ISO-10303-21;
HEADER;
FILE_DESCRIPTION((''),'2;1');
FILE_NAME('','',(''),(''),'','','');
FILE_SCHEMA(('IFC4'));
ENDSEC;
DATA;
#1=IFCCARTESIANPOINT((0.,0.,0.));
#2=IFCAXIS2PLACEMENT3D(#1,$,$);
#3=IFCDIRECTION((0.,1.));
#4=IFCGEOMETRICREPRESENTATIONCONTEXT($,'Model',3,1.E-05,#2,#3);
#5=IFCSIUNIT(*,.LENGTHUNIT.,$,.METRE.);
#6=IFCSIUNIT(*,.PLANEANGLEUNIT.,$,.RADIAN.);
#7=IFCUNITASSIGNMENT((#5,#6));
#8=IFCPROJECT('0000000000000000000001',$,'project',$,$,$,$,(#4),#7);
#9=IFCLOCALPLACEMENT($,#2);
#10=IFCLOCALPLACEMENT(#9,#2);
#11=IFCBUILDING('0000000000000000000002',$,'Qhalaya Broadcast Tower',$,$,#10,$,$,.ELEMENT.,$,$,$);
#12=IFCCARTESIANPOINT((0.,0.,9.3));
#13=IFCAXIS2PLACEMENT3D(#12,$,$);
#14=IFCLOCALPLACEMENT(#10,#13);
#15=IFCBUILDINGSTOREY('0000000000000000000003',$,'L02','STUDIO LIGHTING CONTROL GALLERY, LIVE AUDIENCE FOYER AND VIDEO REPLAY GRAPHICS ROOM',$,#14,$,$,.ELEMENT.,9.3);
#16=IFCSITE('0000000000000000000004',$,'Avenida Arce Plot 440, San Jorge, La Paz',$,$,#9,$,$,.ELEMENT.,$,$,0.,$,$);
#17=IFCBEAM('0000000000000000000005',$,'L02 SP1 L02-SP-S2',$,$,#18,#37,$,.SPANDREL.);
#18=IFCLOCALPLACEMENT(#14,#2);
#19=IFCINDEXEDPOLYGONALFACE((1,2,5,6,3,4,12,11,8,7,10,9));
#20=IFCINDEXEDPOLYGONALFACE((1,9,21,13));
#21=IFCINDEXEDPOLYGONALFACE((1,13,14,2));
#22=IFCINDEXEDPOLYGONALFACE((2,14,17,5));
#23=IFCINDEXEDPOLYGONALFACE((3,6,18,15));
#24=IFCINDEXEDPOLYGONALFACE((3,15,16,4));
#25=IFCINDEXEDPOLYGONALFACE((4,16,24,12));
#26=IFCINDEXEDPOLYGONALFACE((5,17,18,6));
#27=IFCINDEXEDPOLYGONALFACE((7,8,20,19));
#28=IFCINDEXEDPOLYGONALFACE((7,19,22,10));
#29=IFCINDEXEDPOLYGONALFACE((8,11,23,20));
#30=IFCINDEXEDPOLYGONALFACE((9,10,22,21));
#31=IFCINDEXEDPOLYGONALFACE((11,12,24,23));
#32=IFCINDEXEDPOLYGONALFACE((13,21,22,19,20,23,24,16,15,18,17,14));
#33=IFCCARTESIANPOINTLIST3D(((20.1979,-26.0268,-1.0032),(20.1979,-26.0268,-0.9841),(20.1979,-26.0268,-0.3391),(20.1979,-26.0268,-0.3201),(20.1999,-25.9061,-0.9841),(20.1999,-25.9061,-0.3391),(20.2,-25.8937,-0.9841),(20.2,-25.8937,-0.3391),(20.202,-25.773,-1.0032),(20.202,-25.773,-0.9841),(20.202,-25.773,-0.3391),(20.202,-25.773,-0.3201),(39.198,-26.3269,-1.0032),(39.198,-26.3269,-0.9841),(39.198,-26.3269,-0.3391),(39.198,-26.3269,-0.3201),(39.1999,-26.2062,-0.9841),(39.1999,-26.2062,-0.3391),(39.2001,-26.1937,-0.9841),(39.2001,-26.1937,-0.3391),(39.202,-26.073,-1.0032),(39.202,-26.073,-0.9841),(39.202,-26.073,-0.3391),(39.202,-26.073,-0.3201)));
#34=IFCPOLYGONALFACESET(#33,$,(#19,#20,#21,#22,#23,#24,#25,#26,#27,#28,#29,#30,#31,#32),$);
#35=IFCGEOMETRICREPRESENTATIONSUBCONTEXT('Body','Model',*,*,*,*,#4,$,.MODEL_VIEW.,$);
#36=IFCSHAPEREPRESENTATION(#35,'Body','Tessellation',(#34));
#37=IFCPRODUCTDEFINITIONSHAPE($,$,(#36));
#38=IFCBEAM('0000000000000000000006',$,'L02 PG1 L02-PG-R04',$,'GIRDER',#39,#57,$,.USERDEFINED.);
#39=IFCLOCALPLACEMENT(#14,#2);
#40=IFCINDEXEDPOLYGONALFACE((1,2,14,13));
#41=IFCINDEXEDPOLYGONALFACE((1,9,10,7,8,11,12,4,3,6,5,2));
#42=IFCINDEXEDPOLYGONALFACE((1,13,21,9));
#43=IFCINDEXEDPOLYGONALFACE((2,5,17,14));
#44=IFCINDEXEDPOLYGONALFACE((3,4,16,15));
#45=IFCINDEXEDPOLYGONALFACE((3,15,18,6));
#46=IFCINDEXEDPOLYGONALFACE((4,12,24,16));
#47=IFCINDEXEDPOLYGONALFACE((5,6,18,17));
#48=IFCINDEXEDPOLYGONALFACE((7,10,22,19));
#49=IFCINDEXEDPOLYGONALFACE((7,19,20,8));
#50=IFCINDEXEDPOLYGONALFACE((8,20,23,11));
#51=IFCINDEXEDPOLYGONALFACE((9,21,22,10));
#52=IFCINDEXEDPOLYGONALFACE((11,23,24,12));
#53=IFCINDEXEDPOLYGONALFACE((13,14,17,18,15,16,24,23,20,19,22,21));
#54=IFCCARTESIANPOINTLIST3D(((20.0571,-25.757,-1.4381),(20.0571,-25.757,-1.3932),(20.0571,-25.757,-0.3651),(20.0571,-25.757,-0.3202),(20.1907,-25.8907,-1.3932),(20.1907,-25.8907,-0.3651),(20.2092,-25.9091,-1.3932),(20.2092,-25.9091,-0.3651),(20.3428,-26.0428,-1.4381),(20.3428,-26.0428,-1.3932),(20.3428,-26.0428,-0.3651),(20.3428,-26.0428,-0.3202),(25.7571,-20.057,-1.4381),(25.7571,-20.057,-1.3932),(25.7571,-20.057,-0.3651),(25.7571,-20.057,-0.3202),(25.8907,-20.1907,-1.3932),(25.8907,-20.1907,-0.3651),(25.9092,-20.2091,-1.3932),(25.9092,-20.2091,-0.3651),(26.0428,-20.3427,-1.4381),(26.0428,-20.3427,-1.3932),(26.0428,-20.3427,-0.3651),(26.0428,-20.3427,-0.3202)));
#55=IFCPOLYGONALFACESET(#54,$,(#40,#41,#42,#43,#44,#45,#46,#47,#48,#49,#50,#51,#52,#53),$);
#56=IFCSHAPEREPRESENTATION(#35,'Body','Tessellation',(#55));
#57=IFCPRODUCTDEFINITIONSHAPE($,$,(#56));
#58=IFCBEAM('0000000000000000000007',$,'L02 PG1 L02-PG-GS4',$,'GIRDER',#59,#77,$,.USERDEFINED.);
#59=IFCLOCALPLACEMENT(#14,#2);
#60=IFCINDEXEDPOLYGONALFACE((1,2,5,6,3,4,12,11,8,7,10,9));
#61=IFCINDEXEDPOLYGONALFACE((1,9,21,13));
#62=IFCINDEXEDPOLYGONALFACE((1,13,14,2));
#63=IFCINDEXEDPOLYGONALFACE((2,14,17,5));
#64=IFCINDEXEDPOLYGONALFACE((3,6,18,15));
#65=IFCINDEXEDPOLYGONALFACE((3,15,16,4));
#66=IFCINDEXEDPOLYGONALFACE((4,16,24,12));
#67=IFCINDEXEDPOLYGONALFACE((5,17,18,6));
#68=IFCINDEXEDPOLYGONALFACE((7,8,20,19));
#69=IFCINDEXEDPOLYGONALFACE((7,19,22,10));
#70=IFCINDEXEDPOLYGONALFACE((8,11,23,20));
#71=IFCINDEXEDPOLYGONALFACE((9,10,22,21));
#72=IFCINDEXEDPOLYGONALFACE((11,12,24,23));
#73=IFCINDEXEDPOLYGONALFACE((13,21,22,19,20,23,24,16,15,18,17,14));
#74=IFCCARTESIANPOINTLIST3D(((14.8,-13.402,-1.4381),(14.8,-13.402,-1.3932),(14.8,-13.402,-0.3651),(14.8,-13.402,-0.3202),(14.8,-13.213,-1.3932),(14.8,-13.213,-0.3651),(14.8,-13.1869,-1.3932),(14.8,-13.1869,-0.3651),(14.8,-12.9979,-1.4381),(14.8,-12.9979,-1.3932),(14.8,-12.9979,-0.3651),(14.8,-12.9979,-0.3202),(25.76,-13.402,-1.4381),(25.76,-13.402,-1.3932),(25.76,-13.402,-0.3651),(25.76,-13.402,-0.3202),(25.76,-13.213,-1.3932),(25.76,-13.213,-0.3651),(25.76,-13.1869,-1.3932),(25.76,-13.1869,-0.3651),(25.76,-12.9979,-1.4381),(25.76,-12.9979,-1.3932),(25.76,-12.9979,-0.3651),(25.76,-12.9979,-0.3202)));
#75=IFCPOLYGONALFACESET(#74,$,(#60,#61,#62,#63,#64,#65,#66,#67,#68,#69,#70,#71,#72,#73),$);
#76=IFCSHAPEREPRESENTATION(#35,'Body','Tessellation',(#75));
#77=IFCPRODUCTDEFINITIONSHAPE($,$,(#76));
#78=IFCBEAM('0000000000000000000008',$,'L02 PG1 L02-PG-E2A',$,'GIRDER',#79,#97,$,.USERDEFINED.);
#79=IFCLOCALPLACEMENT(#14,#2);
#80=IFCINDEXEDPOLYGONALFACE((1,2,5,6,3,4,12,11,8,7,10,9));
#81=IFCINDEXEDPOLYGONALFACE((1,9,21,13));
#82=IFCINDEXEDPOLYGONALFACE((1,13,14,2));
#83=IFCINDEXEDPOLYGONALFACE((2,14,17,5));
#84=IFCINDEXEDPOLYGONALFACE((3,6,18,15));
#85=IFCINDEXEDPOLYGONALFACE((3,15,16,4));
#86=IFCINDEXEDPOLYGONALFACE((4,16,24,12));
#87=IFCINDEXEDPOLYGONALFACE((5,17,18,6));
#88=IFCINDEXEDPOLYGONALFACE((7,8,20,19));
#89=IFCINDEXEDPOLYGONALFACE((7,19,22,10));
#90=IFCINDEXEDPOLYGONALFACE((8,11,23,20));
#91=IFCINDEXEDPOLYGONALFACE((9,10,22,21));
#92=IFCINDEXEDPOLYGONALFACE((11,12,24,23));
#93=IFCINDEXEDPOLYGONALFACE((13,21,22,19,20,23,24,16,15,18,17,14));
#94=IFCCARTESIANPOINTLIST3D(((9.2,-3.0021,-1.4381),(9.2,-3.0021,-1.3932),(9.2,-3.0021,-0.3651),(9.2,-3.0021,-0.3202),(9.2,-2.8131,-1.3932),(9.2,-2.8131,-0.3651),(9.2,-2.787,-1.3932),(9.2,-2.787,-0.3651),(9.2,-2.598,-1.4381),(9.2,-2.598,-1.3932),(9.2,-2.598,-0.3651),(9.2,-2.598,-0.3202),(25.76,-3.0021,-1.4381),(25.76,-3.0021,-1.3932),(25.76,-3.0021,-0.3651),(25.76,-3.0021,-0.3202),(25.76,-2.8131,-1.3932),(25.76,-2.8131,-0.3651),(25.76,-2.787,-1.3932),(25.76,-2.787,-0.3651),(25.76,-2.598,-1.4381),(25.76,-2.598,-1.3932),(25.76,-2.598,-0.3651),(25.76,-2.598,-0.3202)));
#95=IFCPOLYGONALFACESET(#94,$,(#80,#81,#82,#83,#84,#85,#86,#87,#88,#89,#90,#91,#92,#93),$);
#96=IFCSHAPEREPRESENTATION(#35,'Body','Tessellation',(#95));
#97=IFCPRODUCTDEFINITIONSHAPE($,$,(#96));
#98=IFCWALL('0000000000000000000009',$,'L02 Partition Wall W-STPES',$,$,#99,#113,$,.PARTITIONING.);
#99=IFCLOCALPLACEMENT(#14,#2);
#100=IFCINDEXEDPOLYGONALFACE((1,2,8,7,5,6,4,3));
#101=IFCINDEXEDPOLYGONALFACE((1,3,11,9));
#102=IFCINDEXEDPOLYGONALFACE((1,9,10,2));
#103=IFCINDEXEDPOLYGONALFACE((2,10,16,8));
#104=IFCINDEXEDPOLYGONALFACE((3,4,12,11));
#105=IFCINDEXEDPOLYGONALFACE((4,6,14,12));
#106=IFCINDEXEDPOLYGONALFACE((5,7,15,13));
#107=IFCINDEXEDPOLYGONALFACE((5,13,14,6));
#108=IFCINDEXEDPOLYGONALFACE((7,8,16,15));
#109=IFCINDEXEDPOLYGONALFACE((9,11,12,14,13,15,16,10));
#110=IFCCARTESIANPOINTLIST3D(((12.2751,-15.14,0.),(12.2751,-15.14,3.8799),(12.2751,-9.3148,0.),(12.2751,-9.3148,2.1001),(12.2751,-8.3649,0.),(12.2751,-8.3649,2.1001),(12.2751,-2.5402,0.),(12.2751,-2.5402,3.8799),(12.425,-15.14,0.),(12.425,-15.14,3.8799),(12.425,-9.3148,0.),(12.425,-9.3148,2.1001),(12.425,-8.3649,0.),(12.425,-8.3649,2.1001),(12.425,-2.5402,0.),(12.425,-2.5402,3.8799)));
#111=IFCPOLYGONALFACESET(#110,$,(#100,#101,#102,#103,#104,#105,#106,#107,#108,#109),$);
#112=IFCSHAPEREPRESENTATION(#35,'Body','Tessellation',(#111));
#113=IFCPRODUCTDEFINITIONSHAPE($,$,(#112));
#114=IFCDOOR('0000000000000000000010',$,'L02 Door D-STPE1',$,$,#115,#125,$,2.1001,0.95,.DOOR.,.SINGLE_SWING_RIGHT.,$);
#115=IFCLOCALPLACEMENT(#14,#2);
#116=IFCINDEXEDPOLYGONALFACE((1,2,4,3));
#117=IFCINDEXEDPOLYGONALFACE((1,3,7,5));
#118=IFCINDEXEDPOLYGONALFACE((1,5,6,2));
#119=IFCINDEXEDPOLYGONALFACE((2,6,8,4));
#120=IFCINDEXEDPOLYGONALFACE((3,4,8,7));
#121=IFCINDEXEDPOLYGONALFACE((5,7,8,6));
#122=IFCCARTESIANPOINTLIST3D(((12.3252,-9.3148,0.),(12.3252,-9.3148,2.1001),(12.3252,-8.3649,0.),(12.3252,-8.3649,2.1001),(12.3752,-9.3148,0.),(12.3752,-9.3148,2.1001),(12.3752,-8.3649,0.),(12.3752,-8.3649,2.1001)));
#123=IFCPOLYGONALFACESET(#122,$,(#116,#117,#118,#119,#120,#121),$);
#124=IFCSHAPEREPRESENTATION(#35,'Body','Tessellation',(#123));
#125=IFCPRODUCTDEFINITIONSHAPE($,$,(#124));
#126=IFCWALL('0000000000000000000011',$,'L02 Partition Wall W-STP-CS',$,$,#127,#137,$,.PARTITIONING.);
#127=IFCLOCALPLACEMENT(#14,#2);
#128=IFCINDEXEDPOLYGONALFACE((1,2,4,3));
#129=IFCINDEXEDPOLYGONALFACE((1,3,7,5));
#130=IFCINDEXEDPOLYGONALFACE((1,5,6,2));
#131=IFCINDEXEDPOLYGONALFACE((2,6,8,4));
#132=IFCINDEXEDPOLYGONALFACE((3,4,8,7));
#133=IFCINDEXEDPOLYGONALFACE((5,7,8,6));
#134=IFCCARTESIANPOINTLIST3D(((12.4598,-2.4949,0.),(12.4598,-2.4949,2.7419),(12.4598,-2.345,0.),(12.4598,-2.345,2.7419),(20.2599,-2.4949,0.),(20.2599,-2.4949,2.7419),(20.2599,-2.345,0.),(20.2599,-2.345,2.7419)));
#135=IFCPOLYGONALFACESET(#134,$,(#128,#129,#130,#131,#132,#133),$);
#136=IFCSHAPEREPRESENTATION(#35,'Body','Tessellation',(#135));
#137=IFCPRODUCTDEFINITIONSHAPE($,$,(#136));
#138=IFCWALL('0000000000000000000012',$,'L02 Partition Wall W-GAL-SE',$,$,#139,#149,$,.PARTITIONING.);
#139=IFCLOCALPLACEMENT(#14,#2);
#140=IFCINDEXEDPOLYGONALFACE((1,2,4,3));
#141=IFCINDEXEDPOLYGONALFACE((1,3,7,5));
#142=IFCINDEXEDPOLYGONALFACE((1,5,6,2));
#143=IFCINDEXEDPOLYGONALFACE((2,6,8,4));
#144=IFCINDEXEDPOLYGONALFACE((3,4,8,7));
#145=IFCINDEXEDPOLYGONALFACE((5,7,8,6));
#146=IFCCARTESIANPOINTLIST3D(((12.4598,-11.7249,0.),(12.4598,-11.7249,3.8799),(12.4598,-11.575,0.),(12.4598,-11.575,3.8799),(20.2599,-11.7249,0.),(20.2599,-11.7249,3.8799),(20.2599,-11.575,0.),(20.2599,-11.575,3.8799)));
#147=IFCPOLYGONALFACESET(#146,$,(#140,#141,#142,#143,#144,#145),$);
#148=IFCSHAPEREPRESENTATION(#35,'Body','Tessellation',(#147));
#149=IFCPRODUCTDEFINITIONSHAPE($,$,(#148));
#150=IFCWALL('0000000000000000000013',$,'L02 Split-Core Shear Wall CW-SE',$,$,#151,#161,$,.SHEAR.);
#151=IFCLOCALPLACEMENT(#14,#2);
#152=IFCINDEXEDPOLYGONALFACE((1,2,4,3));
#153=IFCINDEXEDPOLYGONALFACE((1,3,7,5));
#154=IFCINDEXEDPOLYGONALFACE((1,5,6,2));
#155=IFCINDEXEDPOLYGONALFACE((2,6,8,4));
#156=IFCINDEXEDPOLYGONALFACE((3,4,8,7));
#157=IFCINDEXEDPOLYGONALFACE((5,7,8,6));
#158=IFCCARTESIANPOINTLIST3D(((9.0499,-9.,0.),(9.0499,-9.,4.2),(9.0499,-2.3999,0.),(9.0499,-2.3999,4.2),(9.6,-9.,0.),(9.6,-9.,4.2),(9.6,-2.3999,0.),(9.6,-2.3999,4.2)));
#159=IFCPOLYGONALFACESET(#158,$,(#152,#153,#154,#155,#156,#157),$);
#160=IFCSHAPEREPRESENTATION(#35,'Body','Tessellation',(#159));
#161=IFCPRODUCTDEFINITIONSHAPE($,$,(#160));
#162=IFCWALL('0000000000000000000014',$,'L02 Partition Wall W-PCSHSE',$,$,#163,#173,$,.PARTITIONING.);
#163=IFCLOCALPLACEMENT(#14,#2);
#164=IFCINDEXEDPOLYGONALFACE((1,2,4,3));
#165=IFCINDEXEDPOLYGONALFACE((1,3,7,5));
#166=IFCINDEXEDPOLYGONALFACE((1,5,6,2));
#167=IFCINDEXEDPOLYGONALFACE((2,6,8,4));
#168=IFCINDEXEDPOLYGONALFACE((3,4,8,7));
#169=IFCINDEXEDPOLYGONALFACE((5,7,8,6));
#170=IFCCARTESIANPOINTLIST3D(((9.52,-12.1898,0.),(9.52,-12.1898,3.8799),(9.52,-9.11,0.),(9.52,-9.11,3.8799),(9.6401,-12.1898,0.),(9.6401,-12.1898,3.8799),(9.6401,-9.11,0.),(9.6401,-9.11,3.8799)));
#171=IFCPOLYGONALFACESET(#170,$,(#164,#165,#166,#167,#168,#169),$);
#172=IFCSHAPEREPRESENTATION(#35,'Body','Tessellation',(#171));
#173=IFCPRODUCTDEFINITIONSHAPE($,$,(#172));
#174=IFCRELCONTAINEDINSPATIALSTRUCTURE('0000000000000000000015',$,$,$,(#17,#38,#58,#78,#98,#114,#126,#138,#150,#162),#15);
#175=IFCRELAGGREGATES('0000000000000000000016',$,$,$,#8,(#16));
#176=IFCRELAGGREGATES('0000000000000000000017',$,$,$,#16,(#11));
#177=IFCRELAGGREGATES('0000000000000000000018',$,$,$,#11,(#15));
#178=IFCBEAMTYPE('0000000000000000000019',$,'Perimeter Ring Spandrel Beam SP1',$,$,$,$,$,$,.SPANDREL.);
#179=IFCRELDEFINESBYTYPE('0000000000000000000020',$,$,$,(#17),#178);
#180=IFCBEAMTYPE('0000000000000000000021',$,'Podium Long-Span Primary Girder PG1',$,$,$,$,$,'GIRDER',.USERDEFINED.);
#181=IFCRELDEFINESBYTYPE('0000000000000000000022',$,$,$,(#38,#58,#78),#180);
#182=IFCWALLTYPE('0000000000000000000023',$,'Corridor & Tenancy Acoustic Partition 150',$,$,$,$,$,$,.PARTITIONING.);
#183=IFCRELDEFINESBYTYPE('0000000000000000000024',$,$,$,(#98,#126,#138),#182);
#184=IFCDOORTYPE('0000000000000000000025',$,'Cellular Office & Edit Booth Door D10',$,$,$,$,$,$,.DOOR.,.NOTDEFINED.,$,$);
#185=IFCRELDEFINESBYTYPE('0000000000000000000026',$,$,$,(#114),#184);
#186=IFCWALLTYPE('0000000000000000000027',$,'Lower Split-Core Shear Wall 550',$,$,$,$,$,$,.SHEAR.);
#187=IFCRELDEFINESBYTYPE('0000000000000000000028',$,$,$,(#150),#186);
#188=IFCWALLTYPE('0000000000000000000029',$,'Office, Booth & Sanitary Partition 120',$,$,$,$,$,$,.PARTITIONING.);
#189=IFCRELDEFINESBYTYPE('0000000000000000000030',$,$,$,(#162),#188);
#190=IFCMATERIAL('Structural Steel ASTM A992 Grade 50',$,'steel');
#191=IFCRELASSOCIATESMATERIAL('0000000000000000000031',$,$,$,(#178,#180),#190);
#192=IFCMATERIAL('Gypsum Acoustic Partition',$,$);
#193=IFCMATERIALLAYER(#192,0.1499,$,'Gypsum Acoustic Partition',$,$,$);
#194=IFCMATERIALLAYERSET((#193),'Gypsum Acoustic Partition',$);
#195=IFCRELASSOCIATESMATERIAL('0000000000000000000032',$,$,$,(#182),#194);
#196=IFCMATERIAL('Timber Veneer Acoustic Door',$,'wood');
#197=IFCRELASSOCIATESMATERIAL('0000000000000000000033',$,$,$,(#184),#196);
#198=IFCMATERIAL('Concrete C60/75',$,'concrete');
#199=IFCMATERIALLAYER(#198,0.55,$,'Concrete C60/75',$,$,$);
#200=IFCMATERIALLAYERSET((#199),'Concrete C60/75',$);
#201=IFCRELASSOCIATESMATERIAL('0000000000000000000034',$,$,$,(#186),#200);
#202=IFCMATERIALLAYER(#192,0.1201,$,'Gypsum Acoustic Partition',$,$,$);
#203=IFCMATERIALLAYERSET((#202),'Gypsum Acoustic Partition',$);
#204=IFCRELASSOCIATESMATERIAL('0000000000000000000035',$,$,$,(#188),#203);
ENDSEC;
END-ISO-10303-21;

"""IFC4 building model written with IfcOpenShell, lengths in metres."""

from ifc_helpers import new_model, si_unit, direction, frame, frame_2d, origin, origin_2d, place, context, subcontext, project, spatial, rectangle, i_section, extrude, material, layer, layer_set, material_profile, profile_set, type_object, element, fill, save


model = new_model("IFC4")

# Units and contexts
model_context = context("Model", 3, precision=1e-05, world=origin(), true_north=direction((0.0, 1.0)))
body_context = subcontext(model_context, "Body", "Model", "MODEL_VIEW")
ifc_project = project(units=[si_unit("LENGTHUNIT", "METRE"), si_unit("PLANEANGLEUNIT", "RADIAN")], contexts=[model_context])

# Site, building, storey
site_placement = place(None, origin())
site = spatial("IfcSite", under=ifc_project, at=site_placement, Name="Avenida Arce Plot 440, San Jorge, La Paz", CompositionType="ELEMENT", RefElevation=0.0)
building_placement = place(site_placement, origin())
building = spatial("IfcBuilding", under=site, at=building_placement, Name="Qhalaya Broadcast Tower", CompositionType="ELEMENT")
storey_placement = place(building_placement, frame((0.0, 0.0, 9.3)))
storey = spatial("IfcBuildingStorey", under=building, at=storey_placement, Name="L02", Description="STUDIO LIGHTING CONTROL GALLERY, LIVE AUDIENCE FOYER AND VIDEO REPLAY GRAPHICS ROOM", CompositionType="ELEMENT", Elevation=9.3)

# Shared definitions
ifc_material_1 = material(Name="Concrete C60/75", Category="concrete")

# Beams
ifc_material_2 = material(Name="Structural Steel ASTM A992 Grade 50", Category="steel")
ifc_material_profile_1 = material_profile(ifc_material_2, i_section(OverallWidth=0.2539, OverallDepth=0.6831, WebThickness=0.0125, FlangeThickness=0.019, at=origin_2d()), Name="W27X94")
ifc_profile_set_1 = profile_set([ifc_material_profile_1], Name="Structural Steel ASTM A992 Grade 50")
beam_type_1 = type_object("IfcBeamType", Name="Perimeter Ring Spandrel Beam SP1", PredefinedType="SPANDREL", material=ifc_profile_set_1)
beam_1_placement = place(storey_placement, frame((20.2, -25.8999, -0.6616), z_axis=(0.999875, -0.01579, 0.0), x_axis=(0.01579, 0.999875, 0.0)))
element("IfcBeam", 1, at=beam_1_placement, inside=storey, type_object=beam_type_1, Name="L02 SP1 L02-SP-S2", PredefinedType="SPANDREL", context=body_context, shape_type="SweptSolid", body=[
    extrude(i_section(OverallWidth=0.2539, OverallDepth=0.6831, WebThickness=0.0125, FlangeThickness=0.019, at=origin_2d()), origin(), (0.0, 0.0, 1.0), 19.0024),
])
ifc_material_profile_2 = material_profile(ifc_material_2, i_section(OverallWidth=0.4041, OverallDepth=1.1179, WebThickness=0.0261, FlangeThickness=0.0449, at=origin_2d()), Name="W44X335")
ifc_profile_set_2 = profile_set([ifc_material_profile_2], Name="Structural Steel ASTM A992 Grade 50")
beam_type_2 = type_object("IfcBeamType", Name="Podium Long-Span Primary Girder PG1", ElementType="GIRDER", PredefinedType="USERDEFINED", material=ifc_profile_set_2)
beam_2_placement = place(storey_placement, frame((20.2, -25.8999, -0.8792), z_axis=(0.707107, 0.707107, 0.0), x_axis=(-0.707107, 0.707107, 0.0)))
element("IfcBeam", 2, at=beam_2_placement, inside=storey, type_object=beam_type_2, Name="L02 PG1 L02-PG-R04", ObjectType="GIRDER", PredefinedType="USERDEFINED", context=body_context, shape_type="SweptSolid", body=[
    extrude(i_section(OverallWidth=0.4041, OverallDepth=1.1179, WebThickness=0.0261, FlangeThickness=0.0449, at=origin_2d()), origin(), (0.0, 0.0, 1.0), 8.061),
])
beam_3_placement = place(storey_placement, frame((14.8, -13.2, -0.8792), z_axis=(1.0, 0.0, 0.0), x_axis=(0.0, 1.0, 0.0)))
element("IfcBeam", 3, at=beam_3_placement, inside=storey, type_object=beam_type_2, Name="L02 PG1 L02-PG-GS4", ObjectType="GIRDER", PredefinedType="USERDEFINED", context=body_context, shape_type="SweptSolid", body=[
    extrude(i_section(OverallWidth=0.4041, OverallDepth=1.1179, WebThickness=0.0261, FlangeThickness=0.0449, at=origin_2d()), origin(), (0.0, 0.0, 1.0), 10.96),
])
beam_4_placement = place(storey_placement, frame((9.2, -2.8, -0.8792), z_axis=(1.0, 0.0, 0.0), x_axis=(0.0, 1.0, 0.0)))
element("IfcBeam", 4, at=beam_4_placement, inside=storey, type_object=beam_type_2, Name="L02 PG1 L02-PG-E2A", ObjectType="GIRDER", PredefinedType="USERDEFINED", context=body_context, shape_type="SweptSolid", body=[
    extrude(i_section(OverallWidth=0.4041, OverallDepth=1.1179, WebThickness=0.0261, FlangeThickness=0.0449, at=origin_2d()), origin(), (0.0, 0.0, 1.0), 16.5601),
])

# Wall, opening, door
ifc_material_3 = material(Name="Gypsum Acoustic Partition")
ifc_layer_1 = layer(ifc_material_3, 0.1499, Name="Gypsum Acoustic Partition")
ifc_layer_set_1 = layer_set([ifc_layer_1], Name="Gypsum Acoustic Partition")
wall_type_1 = type_object("IfcWallType", Name="Corridor & Tenancy Acoustic Partition 150", PredefinedType="PARTITIONING", material=ifc_layer_set_1)
wall_1_placement = place(storey_placement, frame((12.3501, -15.1399, 0.0), z_axis=(0.0, 0.0, 1.0), x_axis=(0.0, 1.0, 0.0)))
wall_1 = element("IfcWall", 5, at=wall_1_placement, inside=storey, type_object=wall_type_1, Name="L02 Partition Wall W-STPES", PredefinedType="PARTITIONING", context=body_context, shape_type="SweptSolid", body=[
    extrude(rectangle(XDim=12.5999, YDim=0.1499, at=frame_2d((6.2998, 0.0))), origin(), (0.0, 0.0, 1.0), 3.8799),
])
opening_placement = place(wall_1_placement, frame((5.825, 0.0, 0.0)))
opening = element("IfcOpeningElement", 6, at=opening_placement, cuts=wall_1, PredefinedType="OPENING", context=body_context, shape_type="SweptSolid", body=[
    extrude(rectangle(XDim=0.95, YDim=2.1001, at=frame_2d((0.4751, 1.05))), frame((0.0, 0.0869, 0.0), z_axis=(0.0, -1.0, 0.0), x_axis=(1.0, 0.0, 0.0)), (0.0, 0.0, 1.0), 0.1738),
])
ifc_material_4 = material(Name="Timber Veneer Acoustic Door", Category="wood")
door_type = type_object("IfcDoorType", Name="Cellular Office & Edit Booth Door D10", OperationType="NOTDEFINED", PredefinedType="DOOR", material=ifc_material_4)
door_placement = place(opening_placement, origin())
door = element("IfcDoor", 7, at=door_placement, inside=storey, type_object=door_type, Name="L02 Door D-STPE1", OperationType="SINGLE_SWING_RIGHT", OverallHeight=2.1001, OverallWidth=0.95, PredefinedType="DOOR", context=body_context, shape_type="SweptSolid", body=[
    extrude(rectangle(XDim=0.95, YDim=2.1001, at=frame_2d((0.4751, 1.05))), frame((0.0, 0.0249, 0.0), z_axis=(0.0, -1.0, 0.0), x_axis=(1.0, 0.0, 0.0)), (0.0, 0.0, 1.0), 0.05),
])
fill(opening, door)

# Walls
wall_2_placement = place(storey_placement, frame((12.46, -2.4199, 0.0), z_axis=(0.0, 0.0, 1.0), x_axis=(1.0, 0.0, 0.0)))
element("IfcWall", 8, at=wall_2_placement, inside=storey, type_object=wall_type_1, Name="L02 Partition Wall W-STP-CS", PredefinedType="PARTITIONING", context=body_context, shape_type="SweptSolid", body=[
    extrude(rectangle(XDim=7.8, YDim=0.1499, at=frame_2d((3.8999, 0.0))), origin(), (0.0, 0.0, 1.0), 2.7419),
])
wall_3_placement = place(storey_placement, frame((12.46, -11.6499, 0.0), z_axis=(0.0, 0.0, 1.0), x_axis=(1.0, 0.0, 0.0)))
element("IfcWall", 9, at=wall_3_placement, inside=storey, type_object=wall_type_1, Name="L02 Partition Wall W-GAL-SE", PredefinedType="PARTITIONING", context=body_context, shape_type="SweptSolid", body=[
    extrude(rectangle(XDim=7.8, YDim=0.1499, at=frame_2d((3.8999, 0.0))), origin(), (0.0, 0.0, 1.0), 3.8799),
])
ifc_layer_2 = layer(ifc_material_1, 0.55, Name="Concrete C60/75")
ifc_layer_set_2 = layer_set([ifc_layer_2], Name="Concrete C60/75")
wall_type_2 = type_object("IfcWallType", Name="Lower Split-Core Shear Wall 550", PredefinedType="SHEAR", material=ifc_layer_set_2)
wall_4_placement = place(storey_placement, frame((9.325, -9.0, 0.0), z_axis=(0.0, 0.0, 1.0), x_axis=(0.0, 1.0, 0.0)))
element("IfcWall", 10, at=wall_4_placement, inside=storey, type_object=wall_type_2, Name="L02 Split-Core Shear Wall CW-SE", PredefinedType="SHEAR", context=body_context, shape_type="SweptSolid", body=[
    extrude(rectangle(XDim=6.6001, YDim=0.55, at=frame_2d((3.3, 0.0))), origin(), (0.0, 0.0, 1.0), 4.2),
])
ifc_layer_3 = layer(ifc_material_3, 0.1201, Name="Gypsum Acoustic Partition")
ifc_layer_set_3 = layer_set([ifc_layer_3], Name="Gypsum Acoustic Partition")
wall_type_3 = type_object("IfcWallType", Name="Office, Booth & Sanitary Partition 120", PredefinedType="PARTITIONING", material=ifc_layer_set_3)
wall_5_placement = place(storey_placement, frame((9.5801, -12.1899, 0.0), z_axis=(0.0, 0.0, 1.0), x_axis=(0.0, 1.0, 0.0)))
element("IfcWall", 11, at=wall_5_placement, inside=storey, type_object=wall_type_3, Name="L02 Partition Wall W-PCSHSE", PredefinedType="PARTITIONING", context=body_context, shape_type="SweptSolid", body=[
    extrude(rectangle(XDim=3.0798, YDim=0.1201, at=frame_2d((1.54, 0.0))), origin(), (0.0, 0.0, 1.0), 3.8799),
])

save(model, "model.ifc")
